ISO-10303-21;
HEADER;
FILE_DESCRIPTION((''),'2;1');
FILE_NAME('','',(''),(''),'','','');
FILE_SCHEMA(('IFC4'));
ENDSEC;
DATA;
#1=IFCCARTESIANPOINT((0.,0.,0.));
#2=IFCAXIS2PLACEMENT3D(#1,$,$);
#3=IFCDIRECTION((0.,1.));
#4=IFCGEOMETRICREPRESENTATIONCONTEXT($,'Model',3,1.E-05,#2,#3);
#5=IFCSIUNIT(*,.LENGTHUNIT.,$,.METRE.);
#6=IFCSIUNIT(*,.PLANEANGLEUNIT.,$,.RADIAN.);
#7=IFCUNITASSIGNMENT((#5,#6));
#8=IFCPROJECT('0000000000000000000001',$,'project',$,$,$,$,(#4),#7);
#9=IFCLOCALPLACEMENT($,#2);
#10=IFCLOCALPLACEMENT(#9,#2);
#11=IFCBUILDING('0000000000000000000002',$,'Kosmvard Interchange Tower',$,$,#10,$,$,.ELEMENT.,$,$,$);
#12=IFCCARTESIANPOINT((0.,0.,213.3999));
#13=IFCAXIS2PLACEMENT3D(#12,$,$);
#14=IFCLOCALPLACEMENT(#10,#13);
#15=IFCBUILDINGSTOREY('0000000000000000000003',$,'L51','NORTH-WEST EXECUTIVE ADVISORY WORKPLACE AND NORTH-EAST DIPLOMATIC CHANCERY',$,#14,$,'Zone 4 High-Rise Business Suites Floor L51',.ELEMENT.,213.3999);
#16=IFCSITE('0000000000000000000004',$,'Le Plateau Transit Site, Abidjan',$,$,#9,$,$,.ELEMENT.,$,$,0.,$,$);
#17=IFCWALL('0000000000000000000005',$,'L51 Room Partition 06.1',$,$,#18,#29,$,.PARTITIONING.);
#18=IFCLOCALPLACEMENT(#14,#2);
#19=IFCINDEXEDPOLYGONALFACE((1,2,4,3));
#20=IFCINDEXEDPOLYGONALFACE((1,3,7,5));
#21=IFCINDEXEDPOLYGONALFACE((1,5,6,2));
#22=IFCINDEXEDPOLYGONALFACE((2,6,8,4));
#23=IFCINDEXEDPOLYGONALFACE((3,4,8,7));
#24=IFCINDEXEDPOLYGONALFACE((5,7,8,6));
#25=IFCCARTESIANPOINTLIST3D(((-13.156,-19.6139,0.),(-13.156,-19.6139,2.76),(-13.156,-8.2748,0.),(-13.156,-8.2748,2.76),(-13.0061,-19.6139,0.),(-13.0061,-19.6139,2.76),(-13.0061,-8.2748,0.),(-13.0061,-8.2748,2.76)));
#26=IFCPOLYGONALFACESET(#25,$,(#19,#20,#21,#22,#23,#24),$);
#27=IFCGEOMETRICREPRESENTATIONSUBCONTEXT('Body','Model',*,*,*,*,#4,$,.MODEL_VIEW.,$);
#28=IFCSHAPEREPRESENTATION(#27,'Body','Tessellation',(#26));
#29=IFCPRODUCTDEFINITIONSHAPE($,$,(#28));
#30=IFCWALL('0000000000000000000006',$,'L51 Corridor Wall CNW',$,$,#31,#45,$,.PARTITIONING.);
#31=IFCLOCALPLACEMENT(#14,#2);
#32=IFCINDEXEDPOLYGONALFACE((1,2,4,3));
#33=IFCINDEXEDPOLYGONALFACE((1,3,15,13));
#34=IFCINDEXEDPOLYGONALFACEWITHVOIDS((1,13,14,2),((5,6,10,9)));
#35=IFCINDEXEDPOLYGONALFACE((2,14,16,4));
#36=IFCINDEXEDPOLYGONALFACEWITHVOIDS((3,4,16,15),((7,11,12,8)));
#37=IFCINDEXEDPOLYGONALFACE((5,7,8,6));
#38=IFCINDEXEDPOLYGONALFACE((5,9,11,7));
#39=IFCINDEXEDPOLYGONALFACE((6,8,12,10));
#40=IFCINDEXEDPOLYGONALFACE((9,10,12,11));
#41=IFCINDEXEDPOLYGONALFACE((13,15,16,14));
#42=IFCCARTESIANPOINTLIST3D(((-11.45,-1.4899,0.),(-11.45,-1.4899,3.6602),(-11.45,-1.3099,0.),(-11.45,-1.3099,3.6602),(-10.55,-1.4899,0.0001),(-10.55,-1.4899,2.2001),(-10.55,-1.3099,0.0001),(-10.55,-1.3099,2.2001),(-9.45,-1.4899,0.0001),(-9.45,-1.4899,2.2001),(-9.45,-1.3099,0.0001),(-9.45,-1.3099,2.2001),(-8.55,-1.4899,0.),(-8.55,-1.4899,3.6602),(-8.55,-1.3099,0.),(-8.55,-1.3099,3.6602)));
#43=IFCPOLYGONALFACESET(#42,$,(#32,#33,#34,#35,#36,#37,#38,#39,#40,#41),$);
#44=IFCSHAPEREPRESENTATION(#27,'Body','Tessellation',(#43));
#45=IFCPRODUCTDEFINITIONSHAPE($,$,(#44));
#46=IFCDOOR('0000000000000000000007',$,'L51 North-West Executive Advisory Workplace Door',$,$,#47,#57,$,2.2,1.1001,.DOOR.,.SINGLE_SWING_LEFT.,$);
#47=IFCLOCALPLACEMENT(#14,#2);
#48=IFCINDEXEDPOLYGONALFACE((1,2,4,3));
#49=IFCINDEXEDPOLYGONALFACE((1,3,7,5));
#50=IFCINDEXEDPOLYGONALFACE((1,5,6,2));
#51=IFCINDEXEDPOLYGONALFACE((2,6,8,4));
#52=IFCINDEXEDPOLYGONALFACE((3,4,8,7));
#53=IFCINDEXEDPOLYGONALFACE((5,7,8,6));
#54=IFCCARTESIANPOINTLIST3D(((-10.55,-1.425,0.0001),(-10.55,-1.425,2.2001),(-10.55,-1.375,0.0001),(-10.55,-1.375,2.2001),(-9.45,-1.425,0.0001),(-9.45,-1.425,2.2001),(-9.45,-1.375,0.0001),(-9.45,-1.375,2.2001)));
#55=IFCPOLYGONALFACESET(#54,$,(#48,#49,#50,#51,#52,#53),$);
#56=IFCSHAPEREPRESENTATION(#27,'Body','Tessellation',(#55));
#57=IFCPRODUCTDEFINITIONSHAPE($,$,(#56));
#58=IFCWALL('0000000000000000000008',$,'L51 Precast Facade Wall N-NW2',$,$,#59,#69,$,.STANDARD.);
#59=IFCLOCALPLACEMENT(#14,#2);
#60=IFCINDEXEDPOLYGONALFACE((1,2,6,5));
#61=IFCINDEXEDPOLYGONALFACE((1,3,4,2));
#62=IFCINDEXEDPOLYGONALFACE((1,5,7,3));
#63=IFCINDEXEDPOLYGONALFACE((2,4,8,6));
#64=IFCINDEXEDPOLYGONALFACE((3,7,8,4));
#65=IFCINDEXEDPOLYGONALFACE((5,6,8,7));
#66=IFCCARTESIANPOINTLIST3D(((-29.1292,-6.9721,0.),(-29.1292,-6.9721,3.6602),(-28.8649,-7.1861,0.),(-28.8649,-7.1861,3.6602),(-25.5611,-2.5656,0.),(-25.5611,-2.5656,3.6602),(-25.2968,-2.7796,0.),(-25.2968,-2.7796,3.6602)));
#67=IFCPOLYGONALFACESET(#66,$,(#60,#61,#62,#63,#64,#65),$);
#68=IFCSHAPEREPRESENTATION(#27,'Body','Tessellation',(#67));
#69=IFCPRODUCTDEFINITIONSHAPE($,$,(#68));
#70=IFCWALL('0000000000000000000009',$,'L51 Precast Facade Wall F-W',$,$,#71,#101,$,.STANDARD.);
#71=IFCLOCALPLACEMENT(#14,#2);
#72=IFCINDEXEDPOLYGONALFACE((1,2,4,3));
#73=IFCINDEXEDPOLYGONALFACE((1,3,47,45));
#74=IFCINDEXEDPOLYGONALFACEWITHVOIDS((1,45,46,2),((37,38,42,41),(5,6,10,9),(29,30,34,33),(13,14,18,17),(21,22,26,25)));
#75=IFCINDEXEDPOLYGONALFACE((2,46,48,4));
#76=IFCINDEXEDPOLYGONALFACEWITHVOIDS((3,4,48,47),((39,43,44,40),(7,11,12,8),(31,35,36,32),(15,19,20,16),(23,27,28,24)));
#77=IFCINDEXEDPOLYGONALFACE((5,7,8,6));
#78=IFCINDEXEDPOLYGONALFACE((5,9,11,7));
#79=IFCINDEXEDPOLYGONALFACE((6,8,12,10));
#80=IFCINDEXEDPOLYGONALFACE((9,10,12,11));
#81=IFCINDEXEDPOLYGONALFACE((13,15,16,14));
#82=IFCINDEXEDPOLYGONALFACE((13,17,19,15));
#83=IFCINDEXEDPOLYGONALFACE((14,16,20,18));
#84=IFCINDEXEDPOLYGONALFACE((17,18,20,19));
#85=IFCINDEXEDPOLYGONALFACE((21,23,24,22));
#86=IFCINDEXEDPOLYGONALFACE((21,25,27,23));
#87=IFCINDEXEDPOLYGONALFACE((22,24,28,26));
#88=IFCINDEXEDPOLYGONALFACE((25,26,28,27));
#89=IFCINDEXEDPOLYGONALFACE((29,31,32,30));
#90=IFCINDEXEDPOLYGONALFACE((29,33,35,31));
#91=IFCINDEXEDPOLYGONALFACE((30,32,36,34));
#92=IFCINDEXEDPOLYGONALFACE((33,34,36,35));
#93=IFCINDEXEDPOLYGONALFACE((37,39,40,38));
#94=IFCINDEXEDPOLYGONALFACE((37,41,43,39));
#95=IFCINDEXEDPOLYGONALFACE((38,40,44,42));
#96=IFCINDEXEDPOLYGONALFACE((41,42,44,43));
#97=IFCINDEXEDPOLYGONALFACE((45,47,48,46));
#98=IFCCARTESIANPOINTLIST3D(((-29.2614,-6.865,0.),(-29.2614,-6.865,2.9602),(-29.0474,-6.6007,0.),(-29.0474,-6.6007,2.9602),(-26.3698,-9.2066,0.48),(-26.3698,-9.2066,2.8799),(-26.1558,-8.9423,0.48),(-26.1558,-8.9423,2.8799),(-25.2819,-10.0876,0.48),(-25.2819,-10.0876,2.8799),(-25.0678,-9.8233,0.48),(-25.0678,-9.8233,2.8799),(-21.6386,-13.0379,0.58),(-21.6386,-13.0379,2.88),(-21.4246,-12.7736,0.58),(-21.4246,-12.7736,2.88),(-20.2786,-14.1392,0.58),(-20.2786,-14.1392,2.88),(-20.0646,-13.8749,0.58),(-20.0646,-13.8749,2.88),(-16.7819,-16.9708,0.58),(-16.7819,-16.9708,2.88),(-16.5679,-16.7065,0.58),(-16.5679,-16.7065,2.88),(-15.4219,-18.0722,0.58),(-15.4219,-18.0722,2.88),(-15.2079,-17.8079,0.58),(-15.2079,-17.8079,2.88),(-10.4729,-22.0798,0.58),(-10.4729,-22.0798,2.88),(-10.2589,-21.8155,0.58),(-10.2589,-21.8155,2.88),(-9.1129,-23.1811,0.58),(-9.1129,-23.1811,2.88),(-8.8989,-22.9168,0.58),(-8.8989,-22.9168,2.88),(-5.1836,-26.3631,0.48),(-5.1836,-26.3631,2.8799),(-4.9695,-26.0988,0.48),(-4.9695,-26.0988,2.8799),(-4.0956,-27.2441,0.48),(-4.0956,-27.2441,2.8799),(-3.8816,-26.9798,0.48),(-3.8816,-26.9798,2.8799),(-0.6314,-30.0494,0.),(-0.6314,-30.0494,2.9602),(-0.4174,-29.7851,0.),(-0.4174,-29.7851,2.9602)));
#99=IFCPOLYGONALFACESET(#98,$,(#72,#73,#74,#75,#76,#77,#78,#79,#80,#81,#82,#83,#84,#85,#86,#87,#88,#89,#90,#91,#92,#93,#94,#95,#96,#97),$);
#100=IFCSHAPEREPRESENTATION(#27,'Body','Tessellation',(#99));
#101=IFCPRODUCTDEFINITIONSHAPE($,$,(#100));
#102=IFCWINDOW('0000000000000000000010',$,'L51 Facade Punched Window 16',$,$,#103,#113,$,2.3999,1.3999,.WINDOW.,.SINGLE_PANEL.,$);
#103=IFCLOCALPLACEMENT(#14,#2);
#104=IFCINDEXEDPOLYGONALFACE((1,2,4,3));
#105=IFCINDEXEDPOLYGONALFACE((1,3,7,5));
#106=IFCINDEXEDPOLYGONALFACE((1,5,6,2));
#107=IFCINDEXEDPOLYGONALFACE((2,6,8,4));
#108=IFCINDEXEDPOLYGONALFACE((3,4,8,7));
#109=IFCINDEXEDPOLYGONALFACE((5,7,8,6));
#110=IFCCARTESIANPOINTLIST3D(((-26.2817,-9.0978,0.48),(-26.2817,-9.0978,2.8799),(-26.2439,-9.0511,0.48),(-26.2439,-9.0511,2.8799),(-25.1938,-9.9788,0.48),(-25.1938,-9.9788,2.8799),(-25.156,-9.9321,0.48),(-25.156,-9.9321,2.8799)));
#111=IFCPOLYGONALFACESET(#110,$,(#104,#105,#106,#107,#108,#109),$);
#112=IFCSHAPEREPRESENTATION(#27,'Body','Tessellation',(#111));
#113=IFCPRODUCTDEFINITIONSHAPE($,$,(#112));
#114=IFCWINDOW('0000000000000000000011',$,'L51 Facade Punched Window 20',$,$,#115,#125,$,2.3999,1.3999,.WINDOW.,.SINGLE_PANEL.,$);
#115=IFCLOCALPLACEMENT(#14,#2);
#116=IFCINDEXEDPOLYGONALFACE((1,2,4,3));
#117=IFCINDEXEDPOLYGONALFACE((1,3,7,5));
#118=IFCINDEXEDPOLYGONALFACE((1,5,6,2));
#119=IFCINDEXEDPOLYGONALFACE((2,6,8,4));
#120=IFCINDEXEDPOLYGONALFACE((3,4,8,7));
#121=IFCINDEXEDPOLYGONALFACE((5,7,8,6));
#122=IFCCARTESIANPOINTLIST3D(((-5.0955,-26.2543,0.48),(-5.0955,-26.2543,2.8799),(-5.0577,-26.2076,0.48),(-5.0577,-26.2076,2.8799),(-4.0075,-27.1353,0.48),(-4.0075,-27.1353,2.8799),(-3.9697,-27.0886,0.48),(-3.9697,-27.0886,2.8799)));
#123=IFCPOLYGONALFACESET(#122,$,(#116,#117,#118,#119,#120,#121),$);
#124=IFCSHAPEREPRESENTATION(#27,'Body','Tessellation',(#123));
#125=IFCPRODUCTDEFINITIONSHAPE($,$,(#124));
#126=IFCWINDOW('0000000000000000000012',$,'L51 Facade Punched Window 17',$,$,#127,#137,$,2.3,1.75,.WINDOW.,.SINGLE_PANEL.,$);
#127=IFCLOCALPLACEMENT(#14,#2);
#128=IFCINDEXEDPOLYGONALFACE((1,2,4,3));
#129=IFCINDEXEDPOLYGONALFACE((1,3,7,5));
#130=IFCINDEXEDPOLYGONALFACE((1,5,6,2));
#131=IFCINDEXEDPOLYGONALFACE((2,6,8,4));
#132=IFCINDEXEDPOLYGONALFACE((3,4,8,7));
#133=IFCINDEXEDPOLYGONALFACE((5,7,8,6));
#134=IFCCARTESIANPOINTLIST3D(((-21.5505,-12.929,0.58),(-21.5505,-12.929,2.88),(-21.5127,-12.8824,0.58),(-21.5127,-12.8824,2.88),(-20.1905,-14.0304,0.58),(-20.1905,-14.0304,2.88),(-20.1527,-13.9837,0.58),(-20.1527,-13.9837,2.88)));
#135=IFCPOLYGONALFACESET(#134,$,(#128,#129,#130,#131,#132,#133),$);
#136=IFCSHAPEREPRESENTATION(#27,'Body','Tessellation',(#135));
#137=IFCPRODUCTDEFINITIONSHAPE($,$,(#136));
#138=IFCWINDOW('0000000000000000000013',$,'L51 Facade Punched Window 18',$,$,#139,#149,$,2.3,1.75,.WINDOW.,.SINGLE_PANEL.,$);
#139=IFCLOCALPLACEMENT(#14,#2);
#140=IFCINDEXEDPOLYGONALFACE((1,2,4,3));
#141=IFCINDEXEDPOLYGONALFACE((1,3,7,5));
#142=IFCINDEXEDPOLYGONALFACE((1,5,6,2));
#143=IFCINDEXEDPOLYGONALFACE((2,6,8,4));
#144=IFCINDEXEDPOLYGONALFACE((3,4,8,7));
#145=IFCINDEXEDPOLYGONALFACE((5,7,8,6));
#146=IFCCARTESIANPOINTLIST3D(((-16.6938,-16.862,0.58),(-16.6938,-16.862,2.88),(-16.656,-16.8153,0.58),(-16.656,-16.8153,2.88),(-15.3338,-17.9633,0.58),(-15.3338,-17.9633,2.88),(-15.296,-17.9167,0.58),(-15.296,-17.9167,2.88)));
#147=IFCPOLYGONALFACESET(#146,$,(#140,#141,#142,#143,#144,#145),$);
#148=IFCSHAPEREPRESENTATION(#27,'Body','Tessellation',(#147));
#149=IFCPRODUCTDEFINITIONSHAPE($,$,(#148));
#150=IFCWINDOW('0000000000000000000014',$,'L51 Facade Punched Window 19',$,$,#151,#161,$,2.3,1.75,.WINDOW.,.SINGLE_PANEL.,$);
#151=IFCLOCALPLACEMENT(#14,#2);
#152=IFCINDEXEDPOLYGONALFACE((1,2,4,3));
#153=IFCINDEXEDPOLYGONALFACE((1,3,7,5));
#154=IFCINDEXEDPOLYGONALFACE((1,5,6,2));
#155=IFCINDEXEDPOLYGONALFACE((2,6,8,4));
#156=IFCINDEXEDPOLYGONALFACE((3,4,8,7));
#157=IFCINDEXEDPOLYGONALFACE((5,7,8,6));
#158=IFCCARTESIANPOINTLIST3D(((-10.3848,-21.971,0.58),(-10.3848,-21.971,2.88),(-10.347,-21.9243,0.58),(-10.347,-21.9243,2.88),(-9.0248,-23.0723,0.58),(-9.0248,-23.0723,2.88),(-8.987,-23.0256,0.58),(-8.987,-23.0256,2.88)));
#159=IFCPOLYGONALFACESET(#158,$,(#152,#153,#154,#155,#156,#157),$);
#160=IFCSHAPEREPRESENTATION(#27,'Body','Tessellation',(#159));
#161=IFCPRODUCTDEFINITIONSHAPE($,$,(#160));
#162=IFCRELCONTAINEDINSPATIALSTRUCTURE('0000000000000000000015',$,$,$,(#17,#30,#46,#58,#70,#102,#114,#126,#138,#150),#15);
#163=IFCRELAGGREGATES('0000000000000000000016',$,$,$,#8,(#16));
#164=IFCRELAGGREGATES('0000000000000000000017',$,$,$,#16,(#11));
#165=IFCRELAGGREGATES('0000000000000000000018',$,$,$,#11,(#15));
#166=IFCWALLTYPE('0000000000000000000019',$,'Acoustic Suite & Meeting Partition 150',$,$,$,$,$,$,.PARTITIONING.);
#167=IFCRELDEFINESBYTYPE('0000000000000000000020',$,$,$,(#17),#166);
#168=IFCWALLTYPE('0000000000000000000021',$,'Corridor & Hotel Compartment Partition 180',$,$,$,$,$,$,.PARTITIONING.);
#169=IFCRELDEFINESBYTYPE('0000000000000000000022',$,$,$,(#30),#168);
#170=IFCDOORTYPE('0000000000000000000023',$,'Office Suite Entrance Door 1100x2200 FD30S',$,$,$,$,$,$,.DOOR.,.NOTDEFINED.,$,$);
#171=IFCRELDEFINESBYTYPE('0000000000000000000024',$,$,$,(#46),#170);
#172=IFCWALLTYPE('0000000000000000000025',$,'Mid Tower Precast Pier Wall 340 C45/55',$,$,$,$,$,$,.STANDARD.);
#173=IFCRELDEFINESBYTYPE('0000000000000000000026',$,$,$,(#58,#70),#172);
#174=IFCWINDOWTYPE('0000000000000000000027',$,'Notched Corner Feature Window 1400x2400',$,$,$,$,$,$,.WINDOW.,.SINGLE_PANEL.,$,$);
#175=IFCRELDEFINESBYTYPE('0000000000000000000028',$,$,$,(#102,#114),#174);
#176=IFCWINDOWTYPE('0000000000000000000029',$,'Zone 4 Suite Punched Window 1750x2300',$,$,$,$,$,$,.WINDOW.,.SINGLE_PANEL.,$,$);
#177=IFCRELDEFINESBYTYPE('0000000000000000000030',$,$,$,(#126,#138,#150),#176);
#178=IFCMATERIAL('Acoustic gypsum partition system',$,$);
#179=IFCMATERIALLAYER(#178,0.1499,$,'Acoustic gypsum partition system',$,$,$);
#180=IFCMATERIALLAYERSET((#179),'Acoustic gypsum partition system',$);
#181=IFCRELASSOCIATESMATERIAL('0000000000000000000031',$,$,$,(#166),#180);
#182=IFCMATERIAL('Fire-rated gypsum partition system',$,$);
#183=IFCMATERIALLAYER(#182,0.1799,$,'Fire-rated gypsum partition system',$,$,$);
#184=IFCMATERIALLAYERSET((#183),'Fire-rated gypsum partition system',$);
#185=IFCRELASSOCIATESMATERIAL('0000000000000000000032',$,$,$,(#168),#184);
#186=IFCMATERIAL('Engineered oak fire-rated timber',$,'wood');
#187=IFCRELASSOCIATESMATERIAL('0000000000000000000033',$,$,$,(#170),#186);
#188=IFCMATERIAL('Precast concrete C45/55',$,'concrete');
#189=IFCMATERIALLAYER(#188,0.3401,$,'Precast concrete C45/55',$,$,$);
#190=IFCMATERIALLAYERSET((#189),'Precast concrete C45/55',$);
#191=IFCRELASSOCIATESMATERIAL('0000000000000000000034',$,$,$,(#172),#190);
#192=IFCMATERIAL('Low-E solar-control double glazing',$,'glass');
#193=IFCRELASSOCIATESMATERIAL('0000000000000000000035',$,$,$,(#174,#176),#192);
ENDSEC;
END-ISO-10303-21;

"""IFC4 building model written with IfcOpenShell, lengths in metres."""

from ifc_helpers import new_model, si_unit, direction, frame, frame_2d, origin, place, context, subcontext, project, spatial, rectangle, extrude, source, transform, mapped, material, layer, layer_set, type_object, element, fill, save


model = new_model("IFC4")

# Units and contexts
model_context = context("Model", 3, precision=1e-05, world=origin(), true_north=direction((0.0, 1.0)))
body_context = subcontext(model_context, "Body", "Model", "MODEL_VIEW")
ifc_project = project(units=[si_unit("LENGTHUNIT", "METRE"), si_unit("PLANEANGLEUNIT", "RADIAN")], contexts=[model_context])

# Site, building, storey
site_placement = place(None, origin())
site = spatial("IfcSite", under=ifc_project, at=site_placement, Name="Le Plateau Transit Site, Abidjan", CompositionType="ELEMENT", RefElevation=0.0)
building_placement = place(site_placement, origin())
building = spatial("IfcBuilding", under=site, at=building_placement, Name="Kosmvard Interchange Tower", CompositionType="ELEMENT")
storey_placement = place(building_placement, frame((0.0, 0.0, 213.3999)))
storey = spatial("IfcBuildingStorey", under=building, at=storey_placement, Name="L51", Description="NORTH-WEST EXECUTIVE ADVISORY WORKPLACE AND NORTH-EAST DIPLOMATIC CHANCERY", LongName="Zone 4 High-Rise Business Suites Floor L51", CompositionType="ELEMENT", Elevation=213.3999)

# Wall
ifc_material_1 = material(Name="Acoustic gypsum partition system")
ifc_layer_1 = layer(ifc_material_1, 0.1499, Name="Acoustic gypsum partition system")
ifc_layer_set_1 = layer_set([ifc_layer_1], Name="Acoustic gypsum partition system")
wall_type_1 = type_object("IfcWallType", Name="Acoustic Suite & Meeting Partition 150", PredefinedType="PARTITIONING", material=ifc_layer_set_1)
wall_1_placement = place(storey_placement, frame((-13.0811, -8.2749, 0.0), z_axis=(0.0, 0.0, 1.0), x_axis=(0.0, -1.0, 0.0)))
element("IfcWall", 1, at=wall_1_placement, inside=storey, type_object=wall_type_1, Name="L51 Room Partition 06.1", PredefinedType="PARTITIONING", context=body_context, shape_type="SweptSolid", body=[
    extrude(rectangle(XDim=11.3391, YDim=0.1499, at=frame_2d((5.6694, 0.0))), origin(), (0.0, 0.0, 1.0), 2.76),
])

# Wall, opening, door
ifc_material_2 = material(Name="Fire-rated gypsum partition system")
ifc_layer_2 = layer(ifc_material_2, 0.1799, Name="Fire-rated gypsum partition system")
ifc_layer_set_2 = layer_set([ifc_layer_2], Name="Fire-rated gypsum partition system")
wall_type_2 = type_object("IfcWallType", Name="Corridor & Hotel Compartment Partition 180", PredefinedType="PARTITIONING", material=ifc_layer_set_2)
wall_2_placement = place(storey_placement, frame((-11.45, -1.3999, 0.0), z_axis=(0.0, 0.0, 1.0), x_axis=(1.0, 0.0, 0.0)))
wall_2 = element("IfcWall", 2, at=wall_2_placement, inside=storey, type_object=wall_type_2, Name="L51 Corridor Wall CNW", PredefinedType="PARTITIONING", context=body_context, shape_type="SweptSolid", body=[
    extrude(rectangle(XDim=2.8999, YDim=0.1799, at=frame_2d((1.45, 0.0))), origin(), (0.0, 0.0, 1.0), 3.6602),
])
opening_1_placement = place(wall_2_placement, frame((0.8999, 0.0, 0.0)))
opening_1 = element("IfcOpeningElement", 3, at=opening_1_placement, cuts=wall_2, PredefinedType="OPENING", context=body_context, shape_type="SweptSolid", body=[
    extrude(rectangle(XDim=1.1001, YDim=2.2, at=frame_2d((0.55, 1.1001))), frame((0.0, 0.1001, 0.0), z_axis=(0.0, -1.0, 0.0), x_axis=(1.0, 0.0, 0.0)), (0.0, 0.0, 1.0), 0.2),
])
ifc_material_3 = material(Name="Engineered oak fire-rated timber", Category="wood")
door_type_1 = type_object("IfcDoorType", Name="Office Suite Entrance Door 1100x2200 FD30S", OperationType="NOTDEFINED", PredefinedType="DOOR", material=ifc_material_3)
shared_shape_1 = source(origin(), body_context, "Body", "SweptSolid", [
    extrude(rectangle(XDim=1.1001, YDim=2.2, at=frame_2d((0.55, 1.1001))), frame((0.0, 0.0249, 0.0), z_axis=(0.0, -1.0, 0.0), x_axis=(1.0, 0.0, 0.0)), (0.0, 0.0, 1.0), 0.05),
])
door_1_placement = place(opening_1_placement, origin())
door_1 = element("IfcDoor", 4, at=door_1_placement, inside=storey, type_object=door_type_1, Name="L51 North-West Executive Advisory Workplace Door", OperationType="SINGLE_SWING_LEFT", OverallHeight=2.2, OverallWidth=1.1001, PredefinedType="DOOR", context=body_context, shape_type="MappedRepresentation", body=[
    mapped(shared_shape_1, transform((0.0, 0.0, 0.0), scale=1.0)),
])
fill(opening_1, door_1)

# Wall
ifc_material_4 = material(Name="Precast concrete C45/55", Category="concrete")
ifc_layer_3 = layer(ifc_material_4, 0.3401, Name="Precast concrete C45/55")
ifc_layer_set_3 = layer_set([ifc_layer_3], Name="Precast concrete C45/55")
wall_type_3 = type_object("IfcWallType", Name="Mid Tower Precast Pier Wall 340 C45/55", PredefinedType="STANDARD", material=ifc_layer_set_3)
wall_3_placement = place(storey_placement, frame((-25.429, -2.6726, 0.0), z_axis=(0.0, 0.0, 1.0), x_axis=(-0.6293, -0.777163, 0.0)))
element("IfcWall", 5, at=wall_3_placement, inside=storey, type_object=wall_type_3, Name="L51 Precast Facade Wall N-NW2", PredefinedType="STANDARD", context=body_context, shape_type="SweptSolid", body=[
    extrude(rectangle(XDim=5.6699, YDim=0.3401, at=frame_2d((2.835, 0.0))), origin(), (0.0, 0.0, 1.0), 3.6602),
])

# Wall, openings, windows
wall_4_placement = place(storey_placement, frame((-29.1543, -6.7329, 0.0), z_axis=(0.0, 0.0, 1.0), x_axis=(0.777142, -0.629325, 0.0)))
wall_4 = element("IfcWall", 6, at=wall_4_placement, inside=storey, type_object=wall_type_3, Name="L51 Precast Facade Wall F-W", PredefinedType="STANDARD", context=body_context, shape_type="SweptSolid", body=[
    extrude(rectangle(XDim=36.8401, YDim=0.3401, at=frame_2d((18.4199, 0.0))), origin(), (0.0, 0.0, 1.0), 2.9602),
])
opening_2_placement = place(wall_4_placement, frame((3.7207, 0.0, 0.48)))
opening_2 = element("IfcOpeningElement", 7, at=opening_2_placement, cuts=wall_4, PredefinedType="OPENING", context=body_context, shape_type="SweptSolid", body=[
    extrude(rectangle(XDim=1.3999, YDim=2.3999, at=frame_2d((0.7, 1.2))), frame((0.0, 0.1802, 0.0), z_axis=(0.0, -1.0, 0.0), x_axis=(1.0, 0.0, 0.0)), (0.0, 0.0, 1.0), 0.3601),
])
opening_3_placement = place(wall_4_placement, frame((9.8086, 0.0, 0.5801)))
opening_3 = element("IfcOpeningElement", 8, at=opening_3_placement, cuts=wall_4, PredefinedType="OPENING", context=body_context, shape_type="SweptSolid", body=[
    extrude(rectangle(XDim=1.75, YDim=2.3, at=frame_2d((0.875, 1.1499))), frame((0.0, 0.1802, 0.0), z_axis=(0.0, -1.0, 0.0), x_axis=(1.0, 0.0, 0.0)), (0.0, 0.0, 1.0), 0.3601),
])
opening_4_placement = place(wall_4_placement, frame((16.0581, 0.0, 0.5801)))
opening_4 = element("IfcOpeningElement", 9, at=opening_4_placement, cuts=wall_4, PredefinedType="OPENING", context=body_context, shape_type="SweptSolid", body=[
    extrude(rectangle(XDim=1.75, YDim=2.3, at=frame_2d((0.875, 1.1499))), frame((0.0, 0.1802, 0.0), z_axis=(0.0, -1.0, 0.0), x_axis=(1.0, 0.0, 0.0)), (0.0, 0.0, 1.0), 0.3601),
])
opening_5_placement = place(wall_4_placement, frame((24.1763, 0.0, 0.5801)))
opening_5 = element("IfcOpeningElement", 10, at=opening_5_placement, cuts=wall_4, PredefinedType="OPENING", context=body_context, shape_type="SweptSolid", body=[
    extrude(rectangle(XDim=1.75, YDim=2.3, at=frame_2d((0.875, 1.1499))), frame((0.0, 0.1802, 0.0), z_axis=(0.0, -1.0, 0.0), x_axis=(1.0, 0.0, 0.0)), (0.0, 0.0, 1.0), 0.3601),
])
opening_6_placement = place(wall_4_placement, frame((30.9824, 0.0, 0.48)))
opening_6 = element("IfcOpeningElement", 11, at=opening_6_placement, cuts=wall_4, PredefinedType="OPENING", context=body_context, shape_type="SweptSolid", body=[
    extrude(rectangle(XDim=1.3999, YDim=2.3999, at=frame_2d((0.7, 1.2))), frame((0.0, 0.1802, 0.0), z_axis=(0.0, -1.0, 0.0), x_axis=(1.0, 0.0, 0.0)), (0.0, 0.0, 1.0), 0.3601),
])
ifc_material_5 = material(Name="Low-E solar-control double glazing", Category="glass")
window_type_1 = type_object("IfcWindowType", Name="Notched Corner Feature Window 1400x2400", PartitioningType="SINGLE_PANEL", PredefinedType="WINDOW", material=ifc_material_5)
shared_shape_2 = source(origin(), body_context, "Body", "SweptSolid", [
    extrude(rectangle(XDim=1.3999, YDim=2.3999, at=frame_2d((0.7, 1.2))), frame((0.0, 0.03, 0.0), z_axis=(0.0, -1.0, 0.0), x_axis=(1.0, 0.0, 0.0)), (0.0, 0.0, 1.0), 0.0601),
])
window_1_placement = place(opening_2_placement, origin())
window_1 = element("IfcWindow", 12, at=window_1_placement, inside=storey, type_object=window_type_1, Name="L51 Facade Punched Window 16", OverallHeight=2.3999, OverallWidth=1.3999, PartitioningType="SINGLE_PANEL", PredefinedType="WINDOW", context=body_context, shape_type="MappedRepresentation", body=[
    mapped(shared_shape_2, transform((0.0, 0.0, 0.0), scale=1.0)),
])
fill(opening_2, window_1)
window_2_placement = place(opening_6_placement, origin())
window_2 = element("IfcWindow", 13, at=window_2_placement, inside=storey, type_object=window_type_1, Name="L51 Facade Punched Window 20", OverallHeight=2.3999, OverallWidth=1.3999, PartitioningType="SINGLE_PANEL", PredefinedType="WINDOW", context=body_context, shape_type="MappedRepresentation", body=[
    mapped(shared_shape_2, transform((0.0, 0.0, 0.0), scale=1.0)),
])
fill(opening_6, window_2)
window_type_2 = type_object("IfcWindowType", Name="Zone 4 Suite Punched Window 1750x2300", PartitioningType="SINGLE_PANEL", PredefinedType="WINDOW", material=ifc_material_5)
shared_shape_3 = source(origin(), body_context, "Body", "SweptSolid", [
    extrude(rectangle(XDim=1.75, YDim=2.3, at=frame_2d((0.875, 1.1499))), frame((0.0, 0.03, 0.0), z_axis=(0.0, -1.0, 0.0), x_axis=(1.0, 0.0, 0.0)), (0.0, 0.0, 1.0), 0.0601),
])
window_3_placement = place(opening_3_placement, origin())
window_3 = element("IfcWindow", 14, at=window_3_placement, inside=storey, type_object=window_type_2, Name="L51 Facade Punched Window 17", OverallHeight=2.3, OverallWidth=1.75, PartitioningType="SINGLE_PANEL", PredefinedType="WINDOW", context=body_context, shape_type="MappedRepresentation", body=[
    mapped(shared_shape_3, transform((0.0, 0.0, 0.0), scale=1.0)),
])
fill(opening_3, window_3)
window_4_placement = place(opening_4_placement, origin())
window_4 = element("IfcWindow", 15, at=window_4_placement, inside=storey, type_object=window_type_2, Name="L51 Facade Punched Window 18", OverallHeight=2.3, OverallWidth=1.75, PartitioningType="SINGLE_PANEL", PredefinedType="WINDOW", context=body_context, shape_type="MappedRepresentation", body=[
    mapped(shared_shape_3, transform((0.0, 0.0, 0.0), scale=1.0)),
])
fill(opening_4, window_4)
window_5_placement = place(opening_5_placement, origin())
window_5 = element("IfcWindow", 16, at=window_5_placement, inside=storey, type_object=window_type_2, Name="L51 Facade Punched Window 19", OverallHeight=2.3, OverallWidth=1.75, PartitioningType="SINGLE_PANEL", PredefinedType="WINDOW", context=body_context, shape_type="MappedRepresentation", body=[
    mapped(shared_shape_3, transform((0.0, 0.0, 0.0), scale=1.0)),
])
fill(opening_5, window_5)

save(model, "model.ifc")
